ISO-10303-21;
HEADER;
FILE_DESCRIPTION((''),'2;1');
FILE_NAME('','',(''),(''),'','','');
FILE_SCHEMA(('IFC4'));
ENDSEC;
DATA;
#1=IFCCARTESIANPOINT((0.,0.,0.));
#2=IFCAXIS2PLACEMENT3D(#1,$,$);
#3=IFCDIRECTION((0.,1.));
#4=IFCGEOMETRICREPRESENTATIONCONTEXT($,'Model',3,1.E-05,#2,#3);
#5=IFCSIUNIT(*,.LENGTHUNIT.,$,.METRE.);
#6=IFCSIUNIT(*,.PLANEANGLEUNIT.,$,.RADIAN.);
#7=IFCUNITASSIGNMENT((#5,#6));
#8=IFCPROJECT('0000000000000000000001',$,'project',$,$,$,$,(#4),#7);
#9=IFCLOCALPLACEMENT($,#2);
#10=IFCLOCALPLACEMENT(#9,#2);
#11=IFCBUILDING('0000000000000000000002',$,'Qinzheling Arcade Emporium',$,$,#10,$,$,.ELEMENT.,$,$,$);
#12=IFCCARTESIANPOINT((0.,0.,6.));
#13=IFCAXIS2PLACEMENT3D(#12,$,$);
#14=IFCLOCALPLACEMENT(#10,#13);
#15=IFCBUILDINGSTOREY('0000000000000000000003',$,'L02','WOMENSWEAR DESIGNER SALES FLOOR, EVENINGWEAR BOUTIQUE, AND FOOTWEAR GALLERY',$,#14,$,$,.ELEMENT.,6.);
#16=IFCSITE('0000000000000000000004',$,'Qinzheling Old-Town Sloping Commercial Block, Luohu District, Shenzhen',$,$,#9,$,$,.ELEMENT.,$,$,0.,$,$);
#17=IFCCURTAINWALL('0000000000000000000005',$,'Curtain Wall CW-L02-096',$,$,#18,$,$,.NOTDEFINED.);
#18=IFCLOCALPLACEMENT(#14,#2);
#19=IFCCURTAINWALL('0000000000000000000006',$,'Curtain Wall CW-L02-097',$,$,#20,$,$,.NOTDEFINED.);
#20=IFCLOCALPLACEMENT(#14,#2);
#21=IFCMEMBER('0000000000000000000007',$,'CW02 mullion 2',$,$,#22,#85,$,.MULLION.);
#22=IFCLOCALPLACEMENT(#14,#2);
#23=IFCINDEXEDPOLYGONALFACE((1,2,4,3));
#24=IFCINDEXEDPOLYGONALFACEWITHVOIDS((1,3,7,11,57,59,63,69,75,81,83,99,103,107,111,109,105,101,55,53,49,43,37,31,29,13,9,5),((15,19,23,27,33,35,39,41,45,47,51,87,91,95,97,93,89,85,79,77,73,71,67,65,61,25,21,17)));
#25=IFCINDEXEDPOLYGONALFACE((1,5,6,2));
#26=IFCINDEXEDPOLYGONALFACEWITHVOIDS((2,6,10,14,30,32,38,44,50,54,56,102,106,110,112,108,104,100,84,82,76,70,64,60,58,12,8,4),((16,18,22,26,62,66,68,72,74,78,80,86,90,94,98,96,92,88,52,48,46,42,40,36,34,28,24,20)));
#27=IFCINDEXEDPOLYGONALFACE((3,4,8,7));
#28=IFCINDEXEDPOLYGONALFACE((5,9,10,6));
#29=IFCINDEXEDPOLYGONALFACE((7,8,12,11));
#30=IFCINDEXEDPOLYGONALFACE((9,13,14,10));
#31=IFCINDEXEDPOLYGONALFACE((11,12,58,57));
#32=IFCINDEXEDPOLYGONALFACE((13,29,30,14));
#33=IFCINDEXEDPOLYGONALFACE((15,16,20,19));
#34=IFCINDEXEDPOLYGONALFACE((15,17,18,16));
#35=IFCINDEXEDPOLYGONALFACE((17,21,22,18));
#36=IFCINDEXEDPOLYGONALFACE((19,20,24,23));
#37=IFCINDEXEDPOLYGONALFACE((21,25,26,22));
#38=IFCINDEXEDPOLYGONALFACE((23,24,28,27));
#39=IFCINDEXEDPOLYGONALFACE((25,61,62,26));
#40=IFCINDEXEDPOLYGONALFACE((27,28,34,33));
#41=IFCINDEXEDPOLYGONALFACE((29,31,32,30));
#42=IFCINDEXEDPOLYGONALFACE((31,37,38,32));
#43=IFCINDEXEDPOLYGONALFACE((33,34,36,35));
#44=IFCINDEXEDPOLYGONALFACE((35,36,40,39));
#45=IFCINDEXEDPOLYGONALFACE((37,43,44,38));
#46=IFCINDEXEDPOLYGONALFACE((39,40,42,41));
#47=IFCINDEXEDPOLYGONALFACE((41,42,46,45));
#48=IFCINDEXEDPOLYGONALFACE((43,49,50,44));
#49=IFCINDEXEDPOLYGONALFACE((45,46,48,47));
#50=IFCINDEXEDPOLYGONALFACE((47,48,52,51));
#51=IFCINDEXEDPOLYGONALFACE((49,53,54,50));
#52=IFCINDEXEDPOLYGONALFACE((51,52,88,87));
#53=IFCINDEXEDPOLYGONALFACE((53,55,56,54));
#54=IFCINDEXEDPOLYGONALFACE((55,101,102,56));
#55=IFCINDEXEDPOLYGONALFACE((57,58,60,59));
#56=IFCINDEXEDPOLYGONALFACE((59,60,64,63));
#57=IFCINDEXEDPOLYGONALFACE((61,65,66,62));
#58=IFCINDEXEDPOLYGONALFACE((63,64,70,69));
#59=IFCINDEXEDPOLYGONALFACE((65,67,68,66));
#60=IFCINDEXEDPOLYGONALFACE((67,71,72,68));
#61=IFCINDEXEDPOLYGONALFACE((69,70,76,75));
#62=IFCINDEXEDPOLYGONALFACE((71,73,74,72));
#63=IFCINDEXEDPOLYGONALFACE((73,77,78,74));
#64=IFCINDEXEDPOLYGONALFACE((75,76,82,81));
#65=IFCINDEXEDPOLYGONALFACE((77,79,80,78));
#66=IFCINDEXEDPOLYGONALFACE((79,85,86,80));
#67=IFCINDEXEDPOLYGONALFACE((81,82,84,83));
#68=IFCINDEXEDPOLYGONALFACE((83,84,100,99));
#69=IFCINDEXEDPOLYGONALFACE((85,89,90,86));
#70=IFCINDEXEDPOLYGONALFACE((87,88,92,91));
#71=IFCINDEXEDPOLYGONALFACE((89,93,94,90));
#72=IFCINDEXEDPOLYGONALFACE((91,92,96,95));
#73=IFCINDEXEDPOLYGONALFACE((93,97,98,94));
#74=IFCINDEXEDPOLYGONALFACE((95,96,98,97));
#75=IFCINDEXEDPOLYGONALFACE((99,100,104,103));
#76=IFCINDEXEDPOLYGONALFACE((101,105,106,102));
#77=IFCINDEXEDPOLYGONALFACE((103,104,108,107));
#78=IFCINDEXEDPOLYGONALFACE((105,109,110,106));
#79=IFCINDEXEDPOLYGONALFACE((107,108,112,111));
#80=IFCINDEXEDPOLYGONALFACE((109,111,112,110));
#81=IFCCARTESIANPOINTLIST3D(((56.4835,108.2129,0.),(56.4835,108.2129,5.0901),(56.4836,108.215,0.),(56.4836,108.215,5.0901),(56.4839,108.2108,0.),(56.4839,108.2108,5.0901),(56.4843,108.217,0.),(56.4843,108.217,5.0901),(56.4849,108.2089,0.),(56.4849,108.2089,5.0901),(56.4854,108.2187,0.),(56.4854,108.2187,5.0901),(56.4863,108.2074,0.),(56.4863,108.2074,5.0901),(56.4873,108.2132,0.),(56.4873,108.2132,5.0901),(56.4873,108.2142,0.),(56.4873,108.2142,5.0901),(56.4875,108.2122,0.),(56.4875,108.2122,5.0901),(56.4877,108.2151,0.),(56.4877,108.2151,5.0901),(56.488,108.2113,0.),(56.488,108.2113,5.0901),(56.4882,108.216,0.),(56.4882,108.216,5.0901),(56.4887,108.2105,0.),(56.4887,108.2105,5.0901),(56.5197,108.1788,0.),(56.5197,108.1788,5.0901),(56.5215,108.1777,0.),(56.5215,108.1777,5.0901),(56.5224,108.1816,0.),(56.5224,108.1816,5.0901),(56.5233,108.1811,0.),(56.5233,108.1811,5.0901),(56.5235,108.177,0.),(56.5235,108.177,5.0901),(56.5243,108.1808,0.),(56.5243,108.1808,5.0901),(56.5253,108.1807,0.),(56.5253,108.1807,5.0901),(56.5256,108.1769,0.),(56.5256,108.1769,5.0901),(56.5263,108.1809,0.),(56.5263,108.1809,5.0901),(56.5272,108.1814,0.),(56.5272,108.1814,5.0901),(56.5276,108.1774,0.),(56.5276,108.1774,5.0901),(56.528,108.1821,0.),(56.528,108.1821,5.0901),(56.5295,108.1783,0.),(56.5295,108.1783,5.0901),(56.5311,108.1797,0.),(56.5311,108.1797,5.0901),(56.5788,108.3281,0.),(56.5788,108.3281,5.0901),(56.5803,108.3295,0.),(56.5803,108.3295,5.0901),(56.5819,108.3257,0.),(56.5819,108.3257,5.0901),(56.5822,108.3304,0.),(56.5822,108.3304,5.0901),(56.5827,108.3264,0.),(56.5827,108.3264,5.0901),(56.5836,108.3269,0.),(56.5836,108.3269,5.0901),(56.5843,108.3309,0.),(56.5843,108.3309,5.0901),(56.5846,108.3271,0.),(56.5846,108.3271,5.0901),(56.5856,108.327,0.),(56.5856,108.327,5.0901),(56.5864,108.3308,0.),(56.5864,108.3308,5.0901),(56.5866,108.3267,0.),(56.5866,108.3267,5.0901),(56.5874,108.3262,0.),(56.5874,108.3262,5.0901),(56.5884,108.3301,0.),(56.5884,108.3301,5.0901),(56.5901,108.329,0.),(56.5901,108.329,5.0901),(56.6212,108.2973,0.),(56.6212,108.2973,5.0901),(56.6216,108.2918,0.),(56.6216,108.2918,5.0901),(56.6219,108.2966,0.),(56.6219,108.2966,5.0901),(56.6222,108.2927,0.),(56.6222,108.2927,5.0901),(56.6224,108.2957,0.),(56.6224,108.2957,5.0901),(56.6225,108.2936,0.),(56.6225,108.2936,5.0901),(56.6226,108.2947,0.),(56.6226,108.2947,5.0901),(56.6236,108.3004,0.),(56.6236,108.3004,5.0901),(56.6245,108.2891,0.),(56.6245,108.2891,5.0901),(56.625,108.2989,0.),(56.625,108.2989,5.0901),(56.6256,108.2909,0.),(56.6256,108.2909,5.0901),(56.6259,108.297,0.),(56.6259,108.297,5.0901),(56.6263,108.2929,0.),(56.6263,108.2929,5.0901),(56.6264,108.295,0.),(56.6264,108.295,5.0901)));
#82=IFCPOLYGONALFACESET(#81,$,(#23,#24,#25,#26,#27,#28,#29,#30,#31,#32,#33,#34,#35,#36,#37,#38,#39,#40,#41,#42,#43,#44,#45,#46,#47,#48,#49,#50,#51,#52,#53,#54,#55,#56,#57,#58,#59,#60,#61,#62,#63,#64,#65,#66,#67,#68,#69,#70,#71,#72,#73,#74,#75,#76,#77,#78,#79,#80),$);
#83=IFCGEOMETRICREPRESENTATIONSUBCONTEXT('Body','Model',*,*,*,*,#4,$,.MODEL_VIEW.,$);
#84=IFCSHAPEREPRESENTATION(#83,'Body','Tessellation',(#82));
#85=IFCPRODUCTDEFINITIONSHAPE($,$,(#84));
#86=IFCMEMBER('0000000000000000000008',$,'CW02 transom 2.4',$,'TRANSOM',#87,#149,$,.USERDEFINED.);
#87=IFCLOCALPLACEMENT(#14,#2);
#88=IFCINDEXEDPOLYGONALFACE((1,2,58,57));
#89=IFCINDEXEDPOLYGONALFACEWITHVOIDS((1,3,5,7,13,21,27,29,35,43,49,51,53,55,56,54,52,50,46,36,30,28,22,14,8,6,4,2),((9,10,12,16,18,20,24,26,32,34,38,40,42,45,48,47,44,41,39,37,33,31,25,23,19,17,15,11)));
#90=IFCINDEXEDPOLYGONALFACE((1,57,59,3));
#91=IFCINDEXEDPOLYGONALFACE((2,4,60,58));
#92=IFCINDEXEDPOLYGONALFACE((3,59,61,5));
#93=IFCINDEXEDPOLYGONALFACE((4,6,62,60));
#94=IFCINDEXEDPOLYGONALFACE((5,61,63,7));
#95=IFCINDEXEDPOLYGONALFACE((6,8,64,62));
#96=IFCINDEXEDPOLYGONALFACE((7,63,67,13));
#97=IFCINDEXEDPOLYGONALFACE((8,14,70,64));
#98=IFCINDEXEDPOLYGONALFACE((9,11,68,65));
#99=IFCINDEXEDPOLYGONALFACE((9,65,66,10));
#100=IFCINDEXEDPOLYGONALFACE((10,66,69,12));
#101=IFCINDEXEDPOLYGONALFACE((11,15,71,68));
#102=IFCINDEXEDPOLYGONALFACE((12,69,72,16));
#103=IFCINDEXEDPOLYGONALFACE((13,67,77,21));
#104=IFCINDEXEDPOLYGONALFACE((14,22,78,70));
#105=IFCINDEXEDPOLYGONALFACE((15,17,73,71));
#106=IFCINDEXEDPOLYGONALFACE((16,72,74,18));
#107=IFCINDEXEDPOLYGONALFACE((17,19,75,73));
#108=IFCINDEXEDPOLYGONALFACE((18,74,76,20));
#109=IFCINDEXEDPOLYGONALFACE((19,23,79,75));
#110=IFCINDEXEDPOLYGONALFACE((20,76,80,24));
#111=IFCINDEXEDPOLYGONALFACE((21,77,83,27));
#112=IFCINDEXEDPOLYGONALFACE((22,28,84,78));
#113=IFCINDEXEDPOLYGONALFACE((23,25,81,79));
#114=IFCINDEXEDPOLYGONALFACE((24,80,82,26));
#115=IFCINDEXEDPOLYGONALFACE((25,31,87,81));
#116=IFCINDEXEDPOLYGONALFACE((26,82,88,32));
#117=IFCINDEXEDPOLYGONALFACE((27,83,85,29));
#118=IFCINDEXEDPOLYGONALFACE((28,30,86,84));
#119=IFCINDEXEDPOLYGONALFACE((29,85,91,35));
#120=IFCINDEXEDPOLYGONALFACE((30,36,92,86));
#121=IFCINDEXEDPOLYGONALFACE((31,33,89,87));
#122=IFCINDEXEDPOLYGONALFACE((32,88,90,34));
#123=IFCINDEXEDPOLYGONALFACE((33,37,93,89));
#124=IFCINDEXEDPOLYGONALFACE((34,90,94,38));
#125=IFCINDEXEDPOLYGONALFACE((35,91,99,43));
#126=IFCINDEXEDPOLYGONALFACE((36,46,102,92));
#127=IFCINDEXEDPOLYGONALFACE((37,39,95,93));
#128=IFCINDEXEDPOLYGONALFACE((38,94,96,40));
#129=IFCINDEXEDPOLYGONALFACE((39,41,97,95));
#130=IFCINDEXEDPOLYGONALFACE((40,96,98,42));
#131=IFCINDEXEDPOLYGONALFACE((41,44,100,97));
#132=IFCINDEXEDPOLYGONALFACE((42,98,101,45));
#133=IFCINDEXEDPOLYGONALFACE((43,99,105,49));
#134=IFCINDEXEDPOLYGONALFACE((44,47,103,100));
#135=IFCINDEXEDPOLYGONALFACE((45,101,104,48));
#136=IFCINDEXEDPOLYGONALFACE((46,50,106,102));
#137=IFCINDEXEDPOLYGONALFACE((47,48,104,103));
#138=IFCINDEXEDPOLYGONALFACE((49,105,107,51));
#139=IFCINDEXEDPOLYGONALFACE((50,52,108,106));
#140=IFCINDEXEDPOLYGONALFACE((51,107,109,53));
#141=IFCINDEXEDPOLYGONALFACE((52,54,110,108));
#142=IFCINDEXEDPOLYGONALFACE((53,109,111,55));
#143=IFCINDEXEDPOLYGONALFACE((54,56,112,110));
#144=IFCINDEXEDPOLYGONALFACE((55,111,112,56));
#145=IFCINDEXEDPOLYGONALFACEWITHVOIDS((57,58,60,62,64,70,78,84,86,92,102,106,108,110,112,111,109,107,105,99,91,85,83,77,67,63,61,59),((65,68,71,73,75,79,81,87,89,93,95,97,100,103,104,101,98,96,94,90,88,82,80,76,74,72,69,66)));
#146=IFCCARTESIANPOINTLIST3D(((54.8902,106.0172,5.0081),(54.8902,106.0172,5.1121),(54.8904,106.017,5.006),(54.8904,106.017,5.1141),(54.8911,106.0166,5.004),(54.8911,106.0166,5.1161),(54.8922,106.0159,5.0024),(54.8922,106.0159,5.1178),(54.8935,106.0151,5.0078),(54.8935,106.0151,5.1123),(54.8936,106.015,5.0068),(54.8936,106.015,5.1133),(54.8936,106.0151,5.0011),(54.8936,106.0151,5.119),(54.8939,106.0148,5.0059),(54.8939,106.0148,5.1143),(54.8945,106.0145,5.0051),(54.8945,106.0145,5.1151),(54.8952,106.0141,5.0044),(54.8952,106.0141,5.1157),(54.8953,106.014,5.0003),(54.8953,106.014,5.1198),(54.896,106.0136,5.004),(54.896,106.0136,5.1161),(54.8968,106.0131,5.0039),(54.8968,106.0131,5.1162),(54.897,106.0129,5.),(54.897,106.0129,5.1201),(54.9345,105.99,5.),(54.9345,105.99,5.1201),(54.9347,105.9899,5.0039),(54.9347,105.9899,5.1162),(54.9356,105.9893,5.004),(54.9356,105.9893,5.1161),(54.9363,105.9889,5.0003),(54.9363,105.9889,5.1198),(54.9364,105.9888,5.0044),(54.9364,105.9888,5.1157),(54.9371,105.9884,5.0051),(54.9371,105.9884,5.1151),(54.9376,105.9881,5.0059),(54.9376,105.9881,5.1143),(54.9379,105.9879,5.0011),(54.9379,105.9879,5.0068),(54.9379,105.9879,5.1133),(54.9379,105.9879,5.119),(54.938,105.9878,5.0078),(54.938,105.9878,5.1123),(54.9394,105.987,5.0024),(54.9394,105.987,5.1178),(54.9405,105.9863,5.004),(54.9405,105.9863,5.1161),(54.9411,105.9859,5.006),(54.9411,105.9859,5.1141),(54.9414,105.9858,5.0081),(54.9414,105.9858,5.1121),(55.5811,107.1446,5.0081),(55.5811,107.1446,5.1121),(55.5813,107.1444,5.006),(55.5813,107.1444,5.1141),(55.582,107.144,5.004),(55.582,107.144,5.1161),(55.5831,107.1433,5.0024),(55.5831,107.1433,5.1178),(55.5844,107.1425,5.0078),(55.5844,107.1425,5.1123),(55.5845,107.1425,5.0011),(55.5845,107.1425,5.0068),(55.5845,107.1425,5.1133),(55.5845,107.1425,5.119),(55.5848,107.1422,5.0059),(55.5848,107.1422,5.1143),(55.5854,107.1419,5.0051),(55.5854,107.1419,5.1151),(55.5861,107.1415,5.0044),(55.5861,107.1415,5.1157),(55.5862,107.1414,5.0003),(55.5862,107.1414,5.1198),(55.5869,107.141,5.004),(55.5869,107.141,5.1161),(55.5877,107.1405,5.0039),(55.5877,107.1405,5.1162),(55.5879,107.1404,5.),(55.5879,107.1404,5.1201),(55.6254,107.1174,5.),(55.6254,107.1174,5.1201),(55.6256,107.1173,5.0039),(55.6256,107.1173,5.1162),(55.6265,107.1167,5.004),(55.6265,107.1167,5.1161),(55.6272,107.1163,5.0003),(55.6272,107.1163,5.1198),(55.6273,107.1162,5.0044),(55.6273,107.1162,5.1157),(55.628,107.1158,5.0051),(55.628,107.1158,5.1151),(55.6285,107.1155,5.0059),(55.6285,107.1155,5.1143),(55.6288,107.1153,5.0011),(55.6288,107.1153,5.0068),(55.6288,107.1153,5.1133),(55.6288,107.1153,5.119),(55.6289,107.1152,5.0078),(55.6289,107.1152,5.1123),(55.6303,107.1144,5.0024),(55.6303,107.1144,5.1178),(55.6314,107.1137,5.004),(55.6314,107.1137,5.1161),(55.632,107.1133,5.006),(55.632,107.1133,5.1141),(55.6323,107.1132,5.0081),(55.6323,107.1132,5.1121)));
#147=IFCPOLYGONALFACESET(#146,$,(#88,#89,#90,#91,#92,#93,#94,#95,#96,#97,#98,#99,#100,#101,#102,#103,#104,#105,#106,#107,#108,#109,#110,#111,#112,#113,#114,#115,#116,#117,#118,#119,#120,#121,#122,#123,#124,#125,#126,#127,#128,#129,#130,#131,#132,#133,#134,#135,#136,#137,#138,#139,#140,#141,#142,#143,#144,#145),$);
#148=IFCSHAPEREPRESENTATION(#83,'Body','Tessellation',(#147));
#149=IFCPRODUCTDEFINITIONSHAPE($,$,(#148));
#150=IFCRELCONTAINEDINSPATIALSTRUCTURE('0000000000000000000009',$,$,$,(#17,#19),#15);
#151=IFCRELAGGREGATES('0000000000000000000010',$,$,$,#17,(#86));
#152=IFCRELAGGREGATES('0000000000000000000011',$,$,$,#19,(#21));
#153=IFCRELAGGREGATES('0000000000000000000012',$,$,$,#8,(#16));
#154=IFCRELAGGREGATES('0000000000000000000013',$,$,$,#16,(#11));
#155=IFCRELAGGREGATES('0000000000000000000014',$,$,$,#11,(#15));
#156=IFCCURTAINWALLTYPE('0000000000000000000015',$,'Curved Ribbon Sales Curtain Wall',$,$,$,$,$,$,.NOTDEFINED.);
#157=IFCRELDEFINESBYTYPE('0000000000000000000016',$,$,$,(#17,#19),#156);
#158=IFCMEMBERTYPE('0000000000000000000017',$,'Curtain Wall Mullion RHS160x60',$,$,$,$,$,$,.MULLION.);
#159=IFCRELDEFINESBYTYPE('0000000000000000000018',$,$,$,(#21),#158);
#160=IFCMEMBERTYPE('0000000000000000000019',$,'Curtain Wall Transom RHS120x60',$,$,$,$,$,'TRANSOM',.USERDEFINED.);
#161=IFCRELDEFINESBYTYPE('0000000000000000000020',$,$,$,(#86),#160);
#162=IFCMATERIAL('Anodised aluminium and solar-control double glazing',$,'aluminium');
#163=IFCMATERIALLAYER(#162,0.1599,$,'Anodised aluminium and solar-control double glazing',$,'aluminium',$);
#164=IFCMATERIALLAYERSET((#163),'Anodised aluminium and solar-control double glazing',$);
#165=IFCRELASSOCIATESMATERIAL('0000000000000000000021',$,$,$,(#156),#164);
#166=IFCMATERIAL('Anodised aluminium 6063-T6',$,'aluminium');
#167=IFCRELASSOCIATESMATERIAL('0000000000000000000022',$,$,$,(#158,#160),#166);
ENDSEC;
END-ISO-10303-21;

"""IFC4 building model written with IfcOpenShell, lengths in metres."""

from ifc_helpers import new_model, si_unit, direction, frame, origin, origin_2d, place, context, subcontext, project, spatial, hollow_rectangle, extrude, material, layer, layer_set, material_profile, profile_set, type_object, element, aggregate, save


model = new_model("IFC4")

# Units and contexts
model_context = context("Model", 3, precision=1e-05, world=origin(), true_north=direction((0.0, 1.0)))
body_context = subcontext(model_context, "Body", "Model", "MODEL_VIEW")
ifc_project = project(units=[si_unit("LENGTHUNIT", "METRE"), si_unit("PLANEANGLEUNIT", "RADIAN")], contexts=[model_context])

# Site, building, storey
site_placement = place(None, origin())
site = spatial("IfcSite", under=ifc_project, at=site_placement, Name="Qinzheling Old-Town Sloping Commercial Block, Luohu District, Shenzhen", CompositionType="ELEMENT", RefElevation=0.0)
building_placement = place(site_placement, origin())
building = spatial("IfcBuilding", under=site, at=building_placement, Name="Qinzheling Arcade Emporium", CompositionType="ELEMENT")
storey_placement = place(building_placement, frame((0.0, 0.0, 6.0)))
storey = spatial("IfcBuildingStorey", under=building, at=storey_placement, Name="L02", Description="WOMENSWEAR DESIGNER SALES FLOOR, EVENINGWEAR BOUTIQUE, AND FOOTWEAR GALLERY", CompositionType="ELEMENT", Elevation=6.0)

# Curtain wall
ifc_material_1 = material(Name="Anodised aluminium and solar-control double glazing", Category="aluminium")
ifc_layer_1 = layer(ifc_material_1, 0.1599, Name="Anodised aluminium and solar-control double glazing", Category="aluminium")
ifc_layer_set_1 = layer_set([ifc_layer_1], Name="Anodised aluminium and solar-control double glazing")
curtain_wall_type = type_object("IfcCurtainWallType", Name="Curved Ribbon Sales Curtain Wall", PredefinedType="NOTDEFINED", material=ifc_layer_set_1)
curtain_wall_1_placement = place(storey_placement, origin())
curtain_wall_1 = element("IfcCurtainWall", 1, at=curtain_wall_1_placement, inside=storey, type_object=curtain_wall_type, Name="Curtain Wall CW-L02-096", PredefinedType="NOTDEFINED")
ifc_material_2 = material(Name="Anodised aluminium 6063-T6", Category="aluminium")
ifc_material_profile_1 = material_profile(ifc_material_2, hollow_rectangle(XDim=0.0601, YDim=0.1599, WallThickness=0.0039, InnerFilletRadius=0.0039, OuterFilletRadius=0.0081, at=origin_2d()), Name="RHS 160x60x4", Category="aluminium")
ifc_profile_set_1 = profile_set([ifc_material_profile_1], Name="Anodised aluminium 6063-T6")
member_type_1 = type_object("IfcMemberType", Name="Curtain Wall Mullion RHS160x60", PredefinedType="MULLION", material=ifc_profile_set_1)

# Curtain wall, member
curtain_wall_2_placement = place(storey_placement, origin())
curtain_wall_2 = element("IfcCurtainWall", 2, at=curtain_wall_2_placement, inside=storey, type_object=curtain_wall_type, Name="Curtain Wall CW-L02-097", PredefinedType="NOTDEFINED")
member_1_placement = place(storey_placement, frame((56.5549, 108.2539, 0.0), z_axis=(0.0, 0.0, 1.0), x_axis=(-0.760505, 0.649332, 0.0)))
member_1 = element("IfcMember", 3, at=member_1_placement, type_object=member_type_1, Name="CW02 mullion 2", PredefinedType="MULLION", context=body_context, shape_type="SweptSolid", body=[
    extrude(hollow_rectangle(XDim=0.0601, YDim=0.1599, WallThickness=0.0039, InnerFilletRadius=0.0039, OuterFilletRadius=0.0081, at=origin_2d()), origin(), (0.0, 0.0, 1.0), 5.0901),
])

# Member
ifc_material_profile_2 = material_profile(ifc_material_2, hollow_rectangle(XDim=0.0601, YDim=0.1201, WallThickness=0.0039, InnerFilletRadius=0.0039, OuterFilletRadius=0.0081, at=origin_2d()), Name="RHS 120x60x4", Category="aluminium")
ifc_profile_set_2 = profile_set([ifc_material_profile_2], Name="Anodised aluminium 6063-T6")
member_type_2 = type_object("IfcMemberType", Name="Curtain Wall Transom RHS120x60", ElementType="TRANSOM", PredefinedType="USERDEFINED", material=ifc_profile_set_2)
member_2_placement = place(storey_placement, frame((54.9158, 106.0015, 5.0601), z_axis=(0.52251, 0.852633, 0.0), x_axis=(-0.852633, 0.52251, 0.0)))
member_2 = element("IfcMember", 4, at=member_2_placement, type_object=member_type_2, Name="CW02 transom 2.4", ObjectType="TRANSOM", PredefinedType="USERDEFINED", context=body_context, shape_type="SweptSolid", body=[
    extrude(hollow_rectangle(XDim=0.0601, YDim=0.1201, WallThickness=0.0039, InnerFilletRadius=0.0039, OuterFilletRadius=0.0081, at=origin_2d()), origin(), (0.0, 0.0, 1.0), 1.3223),
])

aggregate(curtain_wall_1, [member_2])
aggregate(curtain_wall_2, [member_1])

save(model, "model.ifc")
